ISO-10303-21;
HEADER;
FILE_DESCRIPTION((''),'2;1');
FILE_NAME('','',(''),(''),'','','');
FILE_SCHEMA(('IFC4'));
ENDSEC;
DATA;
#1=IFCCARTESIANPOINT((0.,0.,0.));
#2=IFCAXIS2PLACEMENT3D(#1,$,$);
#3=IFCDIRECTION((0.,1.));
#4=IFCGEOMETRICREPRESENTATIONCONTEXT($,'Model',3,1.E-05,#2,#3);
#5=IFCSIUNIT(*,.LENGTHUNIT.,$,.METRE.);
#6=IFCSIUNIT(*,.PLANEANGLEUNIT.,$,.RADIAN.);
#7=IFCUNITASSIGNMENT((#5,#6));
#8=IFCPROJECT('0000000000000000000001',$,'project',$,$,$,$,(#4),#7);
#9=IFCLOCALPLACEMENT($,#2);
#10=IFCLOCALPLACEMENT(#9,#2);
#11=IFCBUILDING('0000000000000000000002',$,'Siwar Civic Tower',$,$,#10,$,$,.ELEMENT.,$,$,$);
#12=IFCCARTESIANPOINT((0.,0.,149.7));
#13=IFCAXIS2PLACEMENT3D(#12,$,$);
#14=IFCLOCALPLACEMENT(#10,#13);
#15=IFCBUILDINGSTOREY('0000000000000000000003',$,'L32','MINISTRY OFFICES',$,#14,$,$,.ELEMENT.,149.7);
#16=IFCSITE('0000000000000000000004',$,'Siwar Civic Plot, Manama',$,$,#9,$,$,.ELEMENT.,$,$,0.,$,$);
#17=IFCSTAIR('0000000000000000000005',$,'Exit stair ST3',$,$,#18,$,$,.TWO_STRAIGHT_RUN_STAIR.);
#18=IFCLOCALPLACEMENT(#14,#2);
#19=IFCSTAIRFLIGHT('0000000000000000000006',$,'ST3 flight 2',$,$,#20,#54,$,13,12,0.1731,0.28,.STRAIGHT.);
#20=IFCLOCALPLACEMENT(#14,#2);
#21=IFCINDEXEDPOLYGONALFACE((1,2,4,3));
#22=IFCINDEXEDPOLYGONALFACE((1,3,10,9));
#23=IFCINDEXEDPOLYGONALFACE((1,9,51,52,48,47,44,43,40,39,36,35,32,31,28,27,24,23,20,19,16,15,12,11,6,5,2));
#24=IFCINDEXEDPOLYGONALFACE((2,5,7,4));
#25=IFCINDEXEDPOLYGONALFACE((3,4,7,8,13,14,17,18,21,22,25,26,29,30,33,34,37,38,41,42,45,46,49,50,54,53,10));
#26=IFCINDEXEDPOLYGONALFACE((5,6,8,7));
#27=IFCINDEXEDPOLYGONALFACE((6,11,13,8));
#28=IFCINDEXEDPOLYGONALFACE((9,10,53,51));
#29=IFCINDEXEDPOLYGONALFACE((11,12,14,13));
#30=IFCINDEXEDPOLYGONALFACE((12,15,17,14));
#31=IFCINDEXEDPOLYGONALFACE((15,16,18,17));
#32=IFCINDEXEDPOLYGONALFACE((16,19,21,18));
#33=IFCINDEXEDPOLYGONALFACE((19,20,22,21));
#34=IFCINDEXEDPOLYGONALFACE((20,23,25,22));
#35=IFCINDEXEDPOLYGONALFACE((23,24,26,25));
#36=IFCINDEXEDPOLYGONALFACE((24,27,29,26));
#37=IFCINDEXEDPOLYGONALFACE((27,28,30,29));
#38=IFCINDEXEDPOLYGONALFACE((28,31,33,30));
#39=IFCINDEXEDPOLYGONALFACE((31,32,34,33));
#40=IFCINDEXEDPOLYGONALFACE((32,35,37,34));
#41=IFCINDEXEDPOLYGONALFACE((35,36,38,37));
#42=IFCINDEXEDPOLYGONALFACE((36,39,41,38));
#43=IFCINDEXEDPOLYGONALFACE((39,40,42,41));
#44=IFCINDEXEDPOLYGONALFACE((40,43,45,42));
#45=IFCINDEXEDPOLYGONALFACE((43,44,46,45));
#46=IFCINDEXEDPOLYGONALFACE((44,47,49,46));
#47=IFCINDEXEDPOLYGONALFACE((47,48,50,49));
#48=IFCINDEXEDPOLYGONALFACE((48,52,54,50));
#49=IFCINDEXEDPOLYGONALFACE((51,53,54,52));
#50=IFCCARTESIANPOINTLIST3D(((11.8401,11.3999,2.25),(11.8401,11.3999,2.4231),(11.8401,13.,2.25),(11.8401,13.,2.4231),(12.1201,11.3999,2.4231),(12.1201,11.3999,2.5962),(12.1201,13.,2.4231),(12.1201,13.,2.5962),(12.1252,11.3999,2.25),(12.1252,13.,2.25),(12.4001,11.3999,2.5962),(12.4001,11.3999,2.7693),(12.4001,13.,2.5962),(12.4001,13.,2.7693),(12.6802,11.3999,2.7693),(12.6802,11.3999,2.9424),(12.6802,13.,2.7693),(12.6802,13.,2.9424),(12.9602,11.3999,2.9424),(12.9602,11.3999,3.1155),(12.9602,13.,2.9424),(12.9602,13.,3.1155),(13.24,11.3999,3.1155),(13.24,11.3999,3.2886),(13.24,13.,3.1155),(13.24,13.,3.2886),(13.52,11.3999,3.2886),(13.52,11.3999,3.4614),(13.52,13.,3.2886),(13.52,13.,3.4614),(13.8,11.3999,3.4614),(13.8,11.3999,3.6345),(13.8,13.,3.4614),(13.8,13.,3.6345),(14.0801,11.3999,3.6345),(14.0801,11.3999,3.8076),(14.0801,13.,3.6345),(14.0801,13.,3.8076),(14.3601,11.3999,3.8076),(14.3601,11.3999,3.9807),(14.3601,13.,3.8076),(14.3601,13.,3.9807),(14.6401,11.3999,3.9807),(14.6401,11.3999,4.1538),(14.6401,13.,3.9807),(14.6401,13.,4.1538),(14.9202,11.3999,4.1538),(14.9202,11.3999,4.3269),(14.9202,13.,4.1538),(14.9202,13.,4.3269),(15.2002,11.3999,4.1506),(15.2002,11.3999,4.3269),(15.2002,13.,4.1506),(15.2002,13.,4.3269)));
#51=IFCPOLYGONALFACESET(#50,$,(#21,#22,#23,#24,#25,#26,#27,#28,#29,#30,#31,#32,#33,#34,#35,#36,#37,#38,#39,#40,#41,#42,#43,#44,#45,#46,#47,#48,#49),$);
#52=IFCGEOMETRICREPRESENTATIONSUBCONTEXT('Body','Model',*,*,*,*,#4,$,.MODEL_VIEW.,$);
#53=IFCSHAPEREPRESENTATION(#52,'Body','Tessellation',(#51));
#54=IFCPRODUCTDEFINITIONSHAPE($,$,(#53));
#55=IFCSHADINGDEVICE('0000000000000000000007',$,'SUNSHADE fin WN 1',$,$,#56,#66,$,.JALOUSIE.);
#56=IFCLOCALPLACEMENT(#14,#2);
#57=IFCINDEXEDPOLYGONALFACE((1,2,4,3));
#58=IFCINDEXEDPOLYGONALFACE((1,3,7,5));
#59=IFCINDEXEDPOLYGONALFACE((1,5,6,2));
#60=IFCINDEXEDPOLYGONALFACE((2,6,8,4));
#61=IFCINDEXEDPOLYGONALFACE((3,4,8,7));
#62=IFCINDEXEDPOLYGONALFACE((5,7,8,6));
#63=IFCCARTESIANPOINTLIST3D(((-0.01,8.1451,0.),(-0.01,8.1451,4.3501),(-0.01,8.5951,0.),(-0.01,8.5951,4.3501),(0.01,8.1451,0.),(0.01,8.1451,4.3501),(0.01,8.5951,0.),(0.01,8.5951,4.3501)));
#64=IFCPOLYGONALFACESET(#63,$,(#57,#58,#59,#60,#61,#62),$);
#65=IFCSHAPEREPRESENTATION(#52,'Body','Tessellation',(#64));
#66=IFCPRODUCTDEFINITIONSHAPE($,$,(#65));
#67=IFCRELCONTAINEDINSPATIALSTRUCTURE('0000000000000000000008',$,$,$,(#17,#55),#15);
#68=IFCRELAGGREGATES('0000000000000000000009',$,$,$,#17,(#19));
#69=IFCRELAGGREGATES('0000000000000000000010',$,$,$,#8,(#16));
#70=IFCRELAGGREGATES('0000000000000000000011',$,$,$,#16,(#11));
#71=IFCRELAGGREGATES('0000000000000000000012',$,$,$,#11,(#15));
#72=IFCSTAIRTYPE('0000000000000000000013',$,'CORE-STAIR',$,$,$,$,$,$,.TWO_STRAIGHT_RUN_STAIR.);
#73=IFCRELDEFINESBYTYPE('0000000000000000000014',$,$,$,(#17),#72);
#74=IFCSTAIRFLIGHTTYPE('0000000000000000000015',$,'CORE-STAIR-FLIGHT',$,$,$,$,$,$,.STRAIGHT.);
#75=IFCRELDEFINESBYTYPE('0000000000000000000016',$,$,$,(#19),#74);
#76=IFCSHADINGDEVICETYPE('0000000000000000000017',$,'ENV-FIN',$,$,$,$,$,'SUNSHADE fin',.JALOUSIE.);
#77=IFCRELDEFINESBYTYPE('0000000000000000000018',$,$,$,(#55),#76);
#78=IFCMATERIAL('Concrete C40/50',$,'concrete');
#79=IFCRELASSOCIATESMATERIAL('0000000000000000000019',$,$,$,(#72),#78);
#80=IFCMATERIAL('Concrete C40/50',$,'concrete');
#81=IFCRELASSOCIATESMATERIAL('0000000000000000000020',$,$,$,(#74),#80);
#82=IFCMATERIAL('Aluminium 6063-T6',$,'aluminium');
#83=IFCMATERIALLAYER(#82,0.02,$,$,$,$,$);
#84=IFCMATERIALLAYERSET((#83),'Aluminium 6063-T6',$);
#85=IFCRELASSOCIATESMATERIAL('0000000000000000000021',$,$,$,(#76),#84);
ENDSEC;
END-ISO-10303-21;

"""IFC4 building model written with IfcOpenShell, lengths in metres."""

from ifc_helpers import new_model, si_unit, direction, frame, origin, origin_2d, place, context, subcontext, project, spatial, polyline, rectangle, outline, extrude, material, layer, layer_set, type_object, element, aggregate, save


model = new_model("IFC4")

# Units and contexts
model_context = context("Model", 3, precision=1e-05, world=origin(), true_north=direction((0.0, 1.0)))
body_context = subcontext(model_context, "Body", "Model", "MODEL_VIEW")
ifc_project = project(units=[si_unit("LENGTHUNIT", "METRE"), si_unit("PLANEANGLEUNIT", "RADIAN")], contexts=[model_context])

# Site, building, storey
site_placement = place(None, origin())
site = spatial("IfcSite", under=ifc_project, at=site_placement, Name="Siwar Civic Plot, Manama", CompositionType="ELEMENT", RefElevation=0.0)
building_placement = place(site_placement, origin())
building = spatial("IfcBuilding", under=site, at=building_placement, Name="Siwar Civic Tower", CompositionType="ELEMENT")
storey_placement = place(building_placement, frame((0.0, 0.0, 149.7)))
storey = spatial("IfcBuildingStorey", under=building, at=storey_placement, Name="L32", Description="MINISTRY OFFICES", CompositionType="ELEMENT", Elevation=149.7)

# Stair, stair flight
ifc_material_1 = material(Name="Concrete C40/50", Category="concrete")
stair_type = type_object("IfcStairType", Name="CORE-STAIR", PredefinedType="TWO_STRAIGHT_RUN_STAIR", material=ifc_material_1)
stair_placement = place(storey_placement, origin())
stair = element("IfcStair", 1, at=stair_placement, inside=storey, type_object=stair_type, Name="Exit stair ST3", PredefinedType="TWO_STRAIGHT_RUN_STAIR")
ifc_material_2 = material(Name="Concrete C40/50", Category="concrete")
stair_flight_type = type_object("IfcStairFlightType", Name="CORE-STAIR-FLIGHT", PredefinedType="STRAIGHT", material=ifc_material_2)
stair_flight_1_placement = place(storey_placement, frame((11.8401, 12.2, 2.25), z_axis=(0.0, 0.0, 1.0), x_axis=(1.0, 0.0, 0.0)))
stair_flight_1 = element("IfcStairFlight", 2, at=stair_flight_1_placement, type_object=stair_flight_type, Name="ST3 flight 2", NumberOfRisers=13, NumberOfTreads=12, PredefinedType="STRAIGHT", RiserHeight=0.1731, TreadLength=0.28, context=body_context, shape_type="SweptSolid", body=[
    extrude(outline(polyline([(0.0, 0.0), (0.0, 0.1731), (0.28, 0.1731), (0.28, 0.3462), (0.5601, 0.3462), (0.5601, 0.5193), (0.8401, 0.5193), (0.8401, 0.6924), (1.1201, 0.6924), (1.1201, 0.8655), (1.3999, 0.8655), (1.3999, 1.0386), (1.6799, 1.0386), (1.6799, 1.2114), (1.96, 1.2114), (1.96, 1.3845), (2.24, 1.3845), (2.24, 1.5576), (2.52, 1.5576), (2.52, 1.7307), (2.8, 1.7307), (2.8, 1.9038), (3.0801, 1.9038), (3.0801, 2.0769), (3.3601, 2.0769), (3.3601, 2.25), (3.3601, 1.9006), (0.2852, 0.0), (0.0, 0.0)])), frame((0.0, 0.8, 0.0), z_axis=(0.0, -1.0, 0.0), x_axis=(1.0, 0.0, 0.0)), (0.0, 0.0, 1.0), 1.6001),
])
aggregate(stair, [stair_flight_1])

# Shading device
ifc_material_3 = material(Name="Aluminium 6063-T6", Category="aluminium")
ifc_layer_1 = layer(ifc_material_3, 0.02)
ifc_layer_set_1 = layer_set([ifc_layer_1], Name="Aluminium 6063-T6")
shading_device_type = type_object("IfcShadingDeviceType", Name="ENV-FIN", ElementType="SUNSHADE fin", PredefinedType="JALOUSIE", material=ifc_layer_set_1)
shading_device_placement = place(storey_placement, frame((0.0, 8.3701, 0.0), z_axis=(0.0, 0.0, 1.0), x_axis=(-1.0, 0.0, 0.0)))
element("IfcShadingDevice", 3, at=shading_device_placement, inside=storey, type_object=shading_device_type, Name="SUNSHADE fin WN 1", PredefinedType="JALOUSIE", context=body_context, shape_type="SweptSolid", body=[
    extrude(rectangle(XDim=0.02, YDim=0.45, at=origin_2d()), origin(), (0.0, 0.0, 1.0), 4.3501),
])

save(model, "model.ifc")
